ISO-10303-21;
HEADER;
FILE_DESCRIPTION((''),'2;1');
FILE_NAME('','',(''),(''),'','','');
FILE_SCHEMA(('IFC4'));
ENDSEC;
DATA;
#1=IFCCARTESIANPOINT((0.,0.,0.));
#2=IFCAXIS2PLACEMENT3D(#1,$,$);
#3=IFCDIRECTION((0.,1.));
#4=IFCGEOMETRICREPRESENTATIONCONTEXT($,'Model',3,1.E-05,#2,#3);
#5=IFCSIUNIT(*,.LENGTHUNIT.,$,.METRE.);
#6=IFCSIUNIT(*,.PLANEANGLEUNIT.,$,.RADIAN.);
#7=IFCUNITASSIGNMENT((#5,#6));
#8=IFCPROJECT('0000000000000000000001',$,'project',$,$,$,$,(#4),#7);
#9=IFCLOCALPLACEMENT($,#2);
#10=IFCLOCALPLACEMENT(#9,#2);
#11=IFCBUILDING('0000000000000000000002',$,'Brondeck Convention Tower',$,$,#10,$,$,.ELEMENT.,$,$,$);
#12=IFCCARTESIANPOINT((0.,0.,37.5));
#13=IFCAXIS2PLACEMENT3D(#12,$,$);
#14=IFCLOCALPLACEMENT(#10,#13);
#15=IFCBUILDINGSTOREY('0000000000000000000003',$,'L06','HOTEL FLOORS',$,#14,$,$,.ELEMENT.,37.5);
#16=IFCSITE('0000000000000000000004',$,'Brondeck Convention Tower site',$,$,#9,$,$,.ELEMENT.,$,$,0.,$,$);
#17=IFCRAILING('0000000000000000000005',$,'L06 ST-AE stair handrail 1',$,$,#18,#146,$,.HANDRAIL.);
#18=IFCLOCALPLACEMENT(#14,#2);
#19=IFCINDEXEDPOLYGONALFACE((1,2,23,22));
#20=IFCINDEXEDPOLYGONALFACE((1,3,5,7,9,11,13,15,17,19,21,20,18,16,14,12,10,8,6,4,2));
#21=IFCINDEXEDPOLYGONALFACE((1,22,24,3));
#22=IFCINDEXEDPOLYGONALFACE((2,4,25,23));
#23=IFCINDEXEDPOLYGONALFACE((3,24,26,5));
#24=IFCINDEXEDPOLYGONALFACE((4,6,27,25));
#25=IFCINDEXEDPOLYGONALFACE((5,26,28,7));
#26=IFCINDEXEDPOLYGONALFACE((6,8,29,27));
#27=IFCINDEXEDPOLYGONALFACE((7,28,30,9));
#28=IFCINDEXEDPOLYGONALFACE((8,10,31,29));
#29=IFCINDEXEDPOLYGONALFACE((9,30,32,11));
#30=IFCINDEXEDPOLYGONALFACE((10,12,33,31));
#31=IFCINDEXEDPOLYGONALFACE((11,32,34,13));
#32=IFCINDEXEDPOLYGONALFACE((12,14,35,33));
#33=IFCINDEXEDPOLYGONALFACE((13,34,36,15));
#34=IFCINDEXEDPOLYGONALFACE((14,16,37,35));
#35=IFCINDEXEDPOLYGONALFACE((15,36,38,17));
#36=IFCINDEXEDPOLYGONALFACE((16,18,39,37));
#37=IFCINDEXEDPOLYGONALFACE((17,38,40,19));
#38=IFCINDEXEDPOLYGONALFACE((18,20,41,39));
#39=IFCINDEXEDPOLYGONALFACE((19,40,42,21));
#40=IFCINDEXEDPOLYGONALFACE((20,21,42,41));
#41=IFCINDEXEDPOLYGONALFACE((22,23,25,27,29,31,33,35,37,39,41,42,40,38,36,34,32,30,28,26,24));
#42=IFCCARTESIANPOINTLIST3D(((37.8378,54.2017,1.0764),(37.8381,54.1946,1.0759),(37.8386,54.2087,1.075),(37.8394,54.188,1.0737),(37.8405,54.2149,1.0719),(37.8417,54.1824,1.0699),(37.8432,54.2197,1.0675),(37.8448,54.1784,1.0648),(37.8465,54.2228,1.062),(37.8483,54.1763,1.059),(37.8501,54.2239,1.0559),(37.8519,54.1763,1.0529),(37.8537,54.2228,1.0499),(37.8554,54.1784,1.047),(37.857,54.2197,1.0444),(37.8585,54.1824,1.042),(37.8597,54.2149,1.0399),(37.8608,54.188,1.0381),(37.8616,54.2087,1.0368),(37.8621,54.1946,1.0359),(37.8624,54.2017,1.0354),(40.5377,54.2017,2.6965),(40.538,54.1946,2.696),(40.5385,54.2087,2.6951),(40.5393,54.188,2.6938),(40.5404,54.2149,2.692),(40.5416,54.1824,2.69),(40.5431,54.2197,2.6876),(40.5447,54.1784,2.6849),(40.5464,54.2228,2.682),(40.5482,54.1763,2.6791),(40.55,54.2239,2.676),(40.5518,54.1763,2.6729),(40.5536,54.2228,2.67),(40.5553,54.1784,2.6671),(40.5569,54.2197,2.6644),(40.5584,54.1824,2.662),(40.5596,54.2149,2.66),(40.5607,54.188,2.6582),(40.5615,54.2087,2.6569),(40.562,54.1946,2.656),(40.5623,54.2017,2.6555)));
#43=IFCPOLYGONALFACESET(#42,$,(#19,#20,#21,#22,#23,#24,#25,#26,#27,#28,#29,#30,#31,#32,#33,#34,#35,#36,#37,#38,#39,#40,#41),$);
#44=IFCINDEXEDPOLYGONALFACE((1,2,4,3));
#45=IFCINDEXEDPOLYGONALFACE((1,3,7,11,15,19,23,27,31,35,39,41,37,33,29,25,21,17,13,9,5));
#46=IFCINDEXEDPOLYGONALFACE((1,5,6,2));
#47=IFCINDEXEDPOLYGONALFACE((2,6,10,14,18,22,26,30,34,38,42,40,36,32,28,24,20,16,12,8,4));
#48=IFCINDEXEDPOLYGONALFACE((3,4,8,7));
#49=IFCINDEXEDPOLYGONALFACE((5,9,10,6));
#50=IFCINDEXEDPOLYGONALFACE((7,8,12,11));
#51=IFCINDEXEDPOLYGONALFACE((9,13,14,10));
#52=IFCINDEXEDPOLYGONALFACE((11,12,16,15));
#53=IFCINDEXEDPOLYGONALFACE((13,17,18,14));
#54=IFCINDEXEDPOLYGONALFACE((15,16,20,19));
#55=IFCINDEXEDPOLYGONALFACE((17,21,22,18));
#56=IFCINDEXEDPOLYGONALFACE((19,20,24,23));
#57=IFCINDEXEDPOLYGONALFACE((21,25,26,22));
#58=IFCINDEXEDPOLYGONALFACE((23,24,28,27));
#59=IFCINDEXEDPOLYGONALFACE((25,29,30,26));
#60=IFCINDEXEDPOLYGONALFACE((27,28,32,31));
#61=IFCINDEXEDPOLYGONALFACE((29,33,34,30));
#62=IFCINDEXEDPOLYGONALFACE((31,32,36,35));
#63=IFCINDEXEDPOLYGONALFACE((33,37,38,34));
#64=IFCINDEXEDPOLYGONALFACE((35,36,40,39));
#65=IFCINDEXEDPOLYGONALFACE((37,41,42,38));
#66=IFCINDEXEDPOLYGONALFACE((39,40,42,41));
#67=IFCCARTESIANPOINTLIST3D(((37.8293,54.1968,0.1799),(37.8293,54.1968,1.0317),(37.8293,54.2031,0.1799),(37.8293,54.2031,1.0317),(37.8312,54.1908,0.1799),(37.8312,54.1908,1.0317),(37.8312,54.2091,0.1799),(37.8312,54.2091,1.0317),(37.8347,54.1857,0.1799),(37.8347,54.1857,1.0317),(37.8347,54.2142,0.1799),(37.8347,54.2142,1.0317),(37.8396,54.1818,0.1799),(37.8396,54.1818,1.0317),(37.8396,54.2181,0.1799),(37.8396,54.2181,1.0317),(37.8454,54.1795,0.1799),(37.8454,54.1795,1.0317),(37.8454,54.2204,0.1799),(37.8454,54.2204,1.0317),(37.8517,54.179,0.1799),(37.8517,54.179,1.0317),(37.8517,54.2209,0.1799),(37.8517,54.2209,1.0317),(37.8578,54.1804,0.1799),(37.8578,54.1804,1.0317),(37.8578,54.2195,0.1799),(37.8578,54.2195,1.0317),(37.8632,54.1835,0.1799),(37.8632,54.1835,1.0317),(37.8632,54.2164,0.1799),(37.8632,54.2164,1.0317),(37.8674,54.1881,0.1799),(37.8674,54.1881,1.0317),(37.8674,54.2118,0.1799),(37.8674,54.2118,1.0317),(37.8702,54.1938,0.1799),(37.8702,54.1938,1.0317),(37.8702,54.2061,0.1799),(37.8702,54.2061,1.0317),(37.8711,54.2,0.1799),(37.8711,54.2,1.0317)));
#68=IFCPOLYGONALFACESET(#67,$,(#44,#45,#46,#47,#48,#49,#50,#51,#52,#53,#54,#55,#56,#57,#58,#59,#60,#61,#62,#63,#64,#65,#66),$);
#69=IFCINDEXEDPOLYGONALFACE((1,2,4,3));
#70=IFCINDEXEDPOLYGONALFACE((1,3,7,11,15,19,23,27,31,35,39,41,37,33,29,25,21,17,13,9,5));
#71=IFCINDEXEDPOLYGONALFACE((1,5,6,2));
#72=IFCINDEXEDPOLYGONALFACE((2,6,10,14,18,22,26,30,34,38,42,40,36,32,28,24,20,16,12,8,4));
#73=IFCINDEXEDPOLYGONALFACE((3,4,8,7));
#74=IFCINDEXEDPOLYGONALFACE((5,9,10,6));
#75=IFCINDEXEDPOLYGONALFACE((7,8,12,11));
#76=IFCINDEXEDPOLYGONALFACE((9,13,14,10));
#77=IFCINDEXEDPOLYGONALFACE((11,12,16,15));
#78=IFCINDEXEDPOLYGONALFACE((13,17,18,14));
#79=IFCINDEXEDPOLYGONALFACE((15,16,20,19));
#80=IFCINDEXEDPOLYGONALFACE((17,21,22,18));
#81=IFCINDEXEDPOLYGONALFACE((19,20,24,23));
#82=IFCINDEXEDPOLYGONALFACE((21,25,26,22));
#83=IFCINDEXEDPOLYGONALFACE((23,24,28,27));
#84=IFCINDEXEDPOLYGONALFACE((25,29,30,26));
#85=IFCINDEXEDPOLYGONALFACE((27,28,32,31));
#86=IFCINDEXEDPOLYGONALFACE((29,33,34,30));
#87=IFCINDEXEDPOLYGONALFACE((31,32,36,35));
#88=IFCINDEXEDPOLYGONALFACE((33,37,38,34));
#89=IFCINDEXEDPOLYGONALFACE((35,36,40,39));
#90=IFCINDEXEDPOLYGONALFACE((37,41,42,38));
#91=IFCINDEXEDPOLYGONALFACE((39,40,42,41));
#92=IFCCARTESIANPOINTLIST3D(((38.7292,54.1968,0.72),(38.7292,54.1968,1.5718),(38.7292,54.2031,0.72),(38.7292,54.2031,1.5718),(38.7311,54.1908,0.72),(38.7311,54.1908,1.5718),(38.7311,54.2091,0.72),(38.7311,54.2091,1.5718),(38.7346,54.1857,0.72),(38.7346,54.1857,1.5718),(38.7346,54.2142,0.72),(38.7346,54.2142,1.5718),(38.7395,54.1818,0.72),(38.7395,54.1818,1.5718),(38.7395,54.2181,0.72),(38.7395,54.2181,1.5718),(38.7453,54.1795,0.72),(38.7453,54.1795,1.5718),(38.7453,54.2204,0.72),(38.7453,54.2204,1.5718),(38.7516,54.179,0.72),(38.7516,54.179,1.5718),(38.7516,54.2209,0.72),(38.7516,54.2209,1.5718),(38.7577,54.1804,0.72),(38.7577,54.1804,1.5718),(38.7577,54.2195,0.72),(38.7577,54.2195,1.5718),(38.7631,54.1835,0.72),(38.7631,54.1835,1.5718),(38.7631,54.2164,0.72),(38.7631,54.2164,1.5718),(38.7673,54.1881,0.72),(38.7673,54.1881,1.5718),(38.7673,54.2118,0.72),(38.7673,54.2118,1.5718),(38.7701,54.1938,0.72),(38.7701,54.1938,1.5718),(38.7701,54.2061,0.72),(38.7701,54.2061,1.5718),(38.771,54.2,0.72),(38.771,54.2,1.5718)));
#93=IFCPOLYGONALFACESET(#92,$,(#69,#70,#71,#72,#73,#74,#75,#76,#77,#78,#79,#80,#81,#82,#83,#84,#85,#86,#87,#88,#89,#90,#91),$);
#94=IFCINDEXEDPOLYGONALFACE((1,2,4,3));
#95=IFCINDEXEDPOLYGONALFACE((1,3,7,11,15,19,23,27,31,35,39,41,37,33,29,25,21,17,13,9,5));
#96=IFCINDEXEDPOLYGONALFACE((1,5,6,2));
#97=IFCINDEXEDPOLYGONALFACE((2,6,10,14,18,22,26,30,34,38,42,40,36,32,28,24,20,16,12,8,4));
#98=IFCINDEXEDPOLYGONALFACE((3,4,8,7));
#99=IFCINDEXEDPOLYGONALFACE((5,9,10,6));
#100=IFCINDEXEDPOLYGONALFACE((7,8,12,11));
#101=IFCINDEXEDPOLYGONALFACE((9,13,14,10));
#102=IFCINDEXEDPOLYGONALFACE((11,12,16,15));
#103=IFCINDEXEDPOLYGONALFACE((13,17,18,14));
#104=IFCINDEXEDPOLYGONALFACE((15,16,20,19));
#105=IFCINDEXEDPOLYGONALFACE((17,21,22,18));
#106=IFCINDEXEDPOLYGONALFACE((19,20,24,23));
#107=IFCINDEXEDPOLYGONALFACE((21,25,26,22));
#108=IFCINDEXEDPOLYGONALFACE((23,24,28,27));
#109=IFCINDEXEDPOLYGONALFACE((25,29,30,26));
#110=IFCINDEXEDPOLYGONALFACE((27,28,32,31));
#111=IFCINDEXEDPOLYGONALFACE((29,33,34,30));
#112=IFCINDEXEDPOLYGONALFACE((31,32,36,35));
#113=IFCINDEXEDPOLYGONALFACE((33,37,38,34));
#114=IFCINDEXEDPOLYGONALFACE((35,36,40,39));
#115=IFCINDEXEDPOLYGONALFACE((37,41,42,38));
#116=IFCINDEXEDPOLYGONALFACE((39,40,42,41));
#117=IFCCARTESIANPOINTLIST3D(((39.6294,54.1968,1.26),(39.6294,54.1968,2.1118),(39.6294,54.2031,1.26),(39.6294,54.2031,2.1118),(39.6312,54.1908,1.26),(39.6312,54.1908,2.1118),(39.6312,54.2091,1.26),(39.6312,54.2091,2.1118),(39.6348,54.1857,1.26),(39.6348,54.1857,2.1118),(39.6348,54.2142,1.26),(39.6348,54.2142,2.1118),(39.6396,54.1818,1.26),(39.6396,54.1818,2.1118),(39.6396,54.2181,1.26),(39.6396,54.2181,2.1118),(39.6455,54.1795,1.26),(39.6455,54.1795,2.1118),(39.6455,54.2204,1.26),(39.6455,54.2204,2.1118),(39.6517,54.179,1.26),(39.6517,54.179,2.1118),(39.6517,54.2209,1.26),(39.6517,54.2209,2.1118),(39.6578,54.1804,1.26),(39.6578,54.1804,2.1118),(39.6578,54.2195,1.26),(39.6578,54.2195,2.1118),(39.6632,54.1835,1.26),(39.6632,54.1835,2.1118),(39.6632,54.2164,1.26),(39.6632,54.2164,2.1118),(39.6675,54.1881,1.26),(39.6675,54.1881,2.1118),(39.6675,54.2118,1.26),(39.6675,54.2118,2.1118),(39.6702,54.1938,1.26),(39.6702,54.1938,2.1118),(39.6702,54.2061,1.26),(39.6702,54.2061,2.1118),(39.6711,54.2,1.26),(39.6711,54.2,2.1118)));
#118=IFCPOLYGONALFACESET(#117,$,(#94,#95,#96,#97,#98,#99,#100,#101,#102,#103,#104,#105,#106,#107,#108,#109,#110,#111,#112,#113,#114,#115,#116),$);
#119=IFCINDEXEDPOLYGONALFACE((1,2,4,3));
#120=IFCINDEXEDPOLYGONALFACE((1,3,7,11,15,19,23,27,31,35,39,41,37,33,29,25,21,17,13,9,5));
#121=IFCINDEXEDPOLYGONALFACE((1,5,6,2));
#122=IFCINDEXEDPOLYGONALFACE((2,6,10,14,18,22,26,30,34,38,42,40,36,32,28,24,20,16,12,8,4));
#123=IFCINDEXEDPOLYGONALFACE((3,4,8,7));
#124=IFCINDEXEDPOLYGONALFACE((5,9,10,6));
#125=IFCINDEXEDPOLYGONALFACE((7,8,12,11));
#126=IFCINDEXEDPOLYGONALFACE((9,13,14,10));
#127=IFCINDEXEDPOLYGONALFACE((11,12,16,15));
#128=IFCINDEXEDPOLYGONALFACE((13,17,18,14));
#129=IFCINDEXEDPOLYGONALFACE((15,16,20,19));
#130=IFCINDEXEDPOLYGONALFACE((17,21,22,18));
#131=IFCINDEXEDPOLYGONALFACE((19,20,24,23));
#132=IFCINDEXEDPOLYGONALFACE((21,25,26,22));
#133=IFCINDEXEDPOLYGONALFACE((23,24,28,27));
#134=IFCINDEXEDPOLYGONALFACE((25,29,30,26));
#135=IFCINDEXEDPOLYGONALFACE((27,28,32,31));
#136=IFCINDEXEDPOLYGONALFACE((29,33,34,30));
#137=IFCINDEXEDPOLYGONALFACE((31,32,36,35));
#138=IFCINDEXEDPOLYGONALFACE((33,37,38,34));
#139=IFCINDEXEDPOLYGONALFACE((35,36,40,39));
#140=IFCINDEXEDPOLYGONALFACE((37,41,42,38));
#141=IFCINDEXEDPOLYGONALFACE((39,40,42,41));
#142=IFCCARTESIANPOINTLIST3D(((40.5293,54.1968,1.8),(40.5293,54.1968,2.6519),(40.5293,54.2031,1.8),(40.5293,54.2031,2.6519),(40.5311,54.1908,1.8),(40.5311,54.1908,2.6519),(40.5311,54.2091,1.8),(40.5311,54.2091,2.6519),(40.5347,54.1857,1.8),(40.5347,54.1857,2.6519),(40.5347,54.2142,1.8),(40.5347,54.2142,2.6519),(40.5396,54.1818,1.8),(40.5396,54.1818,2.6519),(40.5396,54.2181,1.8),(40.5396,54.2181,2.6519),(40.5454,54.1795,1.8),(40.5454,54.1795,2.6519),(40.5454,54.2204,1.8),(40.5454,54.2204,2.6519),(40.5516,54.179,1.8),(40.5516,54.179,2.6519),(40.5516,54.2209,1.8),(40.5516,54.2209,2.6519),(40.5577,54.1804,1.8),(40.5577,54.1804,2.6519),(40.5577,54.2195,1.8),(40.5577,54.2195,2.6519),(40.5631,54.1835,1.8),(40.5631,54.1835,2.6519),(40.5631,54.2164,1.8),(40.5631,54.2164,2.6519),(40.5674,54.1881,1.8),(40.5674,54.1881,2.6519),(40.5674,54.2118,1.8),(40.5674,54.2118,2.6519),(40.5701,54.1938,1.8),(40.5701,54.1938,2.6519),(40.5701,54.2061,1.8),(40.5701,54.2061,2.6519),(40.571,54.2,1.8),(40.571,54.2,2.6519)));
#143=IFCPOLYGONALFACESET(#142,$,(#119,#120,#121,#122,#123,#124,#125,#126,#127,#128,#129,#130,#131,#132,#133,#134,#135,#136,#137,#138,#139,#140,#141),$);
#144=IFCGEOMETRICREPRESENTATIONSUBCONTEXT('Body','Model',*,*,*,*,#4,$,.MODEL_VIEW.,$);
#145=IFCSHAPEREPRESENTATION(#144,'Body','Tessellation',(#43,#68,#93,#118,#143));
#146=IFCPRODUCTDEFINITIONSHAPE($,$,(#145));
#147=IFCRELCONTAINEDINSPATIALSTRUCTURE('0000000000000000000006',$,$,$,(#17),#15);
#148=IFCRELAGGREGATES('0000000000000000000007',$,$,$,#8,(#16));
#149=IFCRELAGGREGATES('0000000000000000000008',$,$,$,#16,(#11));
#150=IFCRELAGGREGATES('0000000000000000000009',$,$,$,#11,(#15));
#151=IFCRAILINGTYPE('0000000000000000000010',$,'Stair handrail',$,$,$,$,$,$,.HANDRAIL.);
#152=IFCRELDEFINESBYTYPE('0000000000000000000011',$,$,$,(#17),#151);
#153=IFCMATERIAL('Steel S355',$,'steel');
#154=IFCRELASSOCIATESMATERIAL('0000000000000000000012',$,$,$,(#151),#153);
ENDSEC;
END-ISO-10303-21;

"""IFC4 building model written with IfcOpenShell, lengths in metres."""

from ifc_helpers import new_model, si_unit, direction, frame, origin, origin_2d, place, context, subcontext, project, spatial, circle, extrude, material, type_object, element, save


model = new_model("IFC4")

# Units and contexts
model_context = context("Model", 3, precision=1e-05, world=origin(), true_north=direction((0.0, 1.0)))
body_context = subcontext(model_context, "Body", "Model", "MODEL_VIEW")
ifc_project = project(units=[si_unit("LENGTHUNIT", "METRE"), si_unit("PLANEANGLEUNIT", "RADIAN")], contexts=[model_context])

# Site, building, storey
site_placement = place(None, origin())
site = spatial("IfcSite", under=ifc_project, at=site_placement, Name="Brondeck Convention Tower site", CompositionType="ELEMENT", RefElevation=0.0)
building_placement = place(site_placement, origin())
building = spatial("IfcBuilding", under=site, at=building_placement, Name="Brondeck Convention Tower", CompositionType="ELEMENT")
storey_placement = place(building_placement, frame((0.0, 0.0, 37.5)))
storey = spatial("IfcBuildingStorey", under=building, at=storey_placement, Name="L06", Description="HOTEL FLOORS", CompositionType="ELEMENT", Elevation=37.5)

# Railing
ifc_material_1 = material(Name="Steel S355", Category="steel")
railing_type_1 = type_object("IfcRailingType", Name="Stair handrail", PredefinedType="HANDRAIL", material=ifc_material_1)
railing_1_placement = place(storey_placement, frame((37.8501, 54.2, 0.1799)))
element("IfcRailing", 1, at=railing_1_placement, inside=storey, type_object=railing_type_1, Name="L06 ST-AE stair handrail 1", PredefinedType="HANDRAIL", context=body_context, shape_type="SweptSolid", body=[
    extrude(circle(Radius=0.0239, at=origin_2d()), frame((0.0, 0.0, 0.876), z_axis=(0.857472, 0.0, 0.51453), x_axis=(0.0, 1.0, 0.0)), (0.0, 0.0, 1.0), 3.1487),
    extrude(circle(Radius=0.021, at=origin_2d()), origin(), (0.0, 0.0, 1.0), 0.8518),
    extrude(circle(Radius=0.021, at=origin_2d()), frame((0.8999, 0.0, 0.54)), (0.0, 0.0, 1.0), 0.8518),
    extrude(circle(Radius=0.021, at=origin_2d()), frame((1.8, 0.0, 1.0801)), (0.0, 0.0, 1.0), 0.8518),
    extrude(circle(Radius=0.021, at=origin_2d()), frame((2.7, 0.0, 1.6201)), (0.0, 0.0, 1.0), 0.8518),
])

save(model, "model.ifc")
